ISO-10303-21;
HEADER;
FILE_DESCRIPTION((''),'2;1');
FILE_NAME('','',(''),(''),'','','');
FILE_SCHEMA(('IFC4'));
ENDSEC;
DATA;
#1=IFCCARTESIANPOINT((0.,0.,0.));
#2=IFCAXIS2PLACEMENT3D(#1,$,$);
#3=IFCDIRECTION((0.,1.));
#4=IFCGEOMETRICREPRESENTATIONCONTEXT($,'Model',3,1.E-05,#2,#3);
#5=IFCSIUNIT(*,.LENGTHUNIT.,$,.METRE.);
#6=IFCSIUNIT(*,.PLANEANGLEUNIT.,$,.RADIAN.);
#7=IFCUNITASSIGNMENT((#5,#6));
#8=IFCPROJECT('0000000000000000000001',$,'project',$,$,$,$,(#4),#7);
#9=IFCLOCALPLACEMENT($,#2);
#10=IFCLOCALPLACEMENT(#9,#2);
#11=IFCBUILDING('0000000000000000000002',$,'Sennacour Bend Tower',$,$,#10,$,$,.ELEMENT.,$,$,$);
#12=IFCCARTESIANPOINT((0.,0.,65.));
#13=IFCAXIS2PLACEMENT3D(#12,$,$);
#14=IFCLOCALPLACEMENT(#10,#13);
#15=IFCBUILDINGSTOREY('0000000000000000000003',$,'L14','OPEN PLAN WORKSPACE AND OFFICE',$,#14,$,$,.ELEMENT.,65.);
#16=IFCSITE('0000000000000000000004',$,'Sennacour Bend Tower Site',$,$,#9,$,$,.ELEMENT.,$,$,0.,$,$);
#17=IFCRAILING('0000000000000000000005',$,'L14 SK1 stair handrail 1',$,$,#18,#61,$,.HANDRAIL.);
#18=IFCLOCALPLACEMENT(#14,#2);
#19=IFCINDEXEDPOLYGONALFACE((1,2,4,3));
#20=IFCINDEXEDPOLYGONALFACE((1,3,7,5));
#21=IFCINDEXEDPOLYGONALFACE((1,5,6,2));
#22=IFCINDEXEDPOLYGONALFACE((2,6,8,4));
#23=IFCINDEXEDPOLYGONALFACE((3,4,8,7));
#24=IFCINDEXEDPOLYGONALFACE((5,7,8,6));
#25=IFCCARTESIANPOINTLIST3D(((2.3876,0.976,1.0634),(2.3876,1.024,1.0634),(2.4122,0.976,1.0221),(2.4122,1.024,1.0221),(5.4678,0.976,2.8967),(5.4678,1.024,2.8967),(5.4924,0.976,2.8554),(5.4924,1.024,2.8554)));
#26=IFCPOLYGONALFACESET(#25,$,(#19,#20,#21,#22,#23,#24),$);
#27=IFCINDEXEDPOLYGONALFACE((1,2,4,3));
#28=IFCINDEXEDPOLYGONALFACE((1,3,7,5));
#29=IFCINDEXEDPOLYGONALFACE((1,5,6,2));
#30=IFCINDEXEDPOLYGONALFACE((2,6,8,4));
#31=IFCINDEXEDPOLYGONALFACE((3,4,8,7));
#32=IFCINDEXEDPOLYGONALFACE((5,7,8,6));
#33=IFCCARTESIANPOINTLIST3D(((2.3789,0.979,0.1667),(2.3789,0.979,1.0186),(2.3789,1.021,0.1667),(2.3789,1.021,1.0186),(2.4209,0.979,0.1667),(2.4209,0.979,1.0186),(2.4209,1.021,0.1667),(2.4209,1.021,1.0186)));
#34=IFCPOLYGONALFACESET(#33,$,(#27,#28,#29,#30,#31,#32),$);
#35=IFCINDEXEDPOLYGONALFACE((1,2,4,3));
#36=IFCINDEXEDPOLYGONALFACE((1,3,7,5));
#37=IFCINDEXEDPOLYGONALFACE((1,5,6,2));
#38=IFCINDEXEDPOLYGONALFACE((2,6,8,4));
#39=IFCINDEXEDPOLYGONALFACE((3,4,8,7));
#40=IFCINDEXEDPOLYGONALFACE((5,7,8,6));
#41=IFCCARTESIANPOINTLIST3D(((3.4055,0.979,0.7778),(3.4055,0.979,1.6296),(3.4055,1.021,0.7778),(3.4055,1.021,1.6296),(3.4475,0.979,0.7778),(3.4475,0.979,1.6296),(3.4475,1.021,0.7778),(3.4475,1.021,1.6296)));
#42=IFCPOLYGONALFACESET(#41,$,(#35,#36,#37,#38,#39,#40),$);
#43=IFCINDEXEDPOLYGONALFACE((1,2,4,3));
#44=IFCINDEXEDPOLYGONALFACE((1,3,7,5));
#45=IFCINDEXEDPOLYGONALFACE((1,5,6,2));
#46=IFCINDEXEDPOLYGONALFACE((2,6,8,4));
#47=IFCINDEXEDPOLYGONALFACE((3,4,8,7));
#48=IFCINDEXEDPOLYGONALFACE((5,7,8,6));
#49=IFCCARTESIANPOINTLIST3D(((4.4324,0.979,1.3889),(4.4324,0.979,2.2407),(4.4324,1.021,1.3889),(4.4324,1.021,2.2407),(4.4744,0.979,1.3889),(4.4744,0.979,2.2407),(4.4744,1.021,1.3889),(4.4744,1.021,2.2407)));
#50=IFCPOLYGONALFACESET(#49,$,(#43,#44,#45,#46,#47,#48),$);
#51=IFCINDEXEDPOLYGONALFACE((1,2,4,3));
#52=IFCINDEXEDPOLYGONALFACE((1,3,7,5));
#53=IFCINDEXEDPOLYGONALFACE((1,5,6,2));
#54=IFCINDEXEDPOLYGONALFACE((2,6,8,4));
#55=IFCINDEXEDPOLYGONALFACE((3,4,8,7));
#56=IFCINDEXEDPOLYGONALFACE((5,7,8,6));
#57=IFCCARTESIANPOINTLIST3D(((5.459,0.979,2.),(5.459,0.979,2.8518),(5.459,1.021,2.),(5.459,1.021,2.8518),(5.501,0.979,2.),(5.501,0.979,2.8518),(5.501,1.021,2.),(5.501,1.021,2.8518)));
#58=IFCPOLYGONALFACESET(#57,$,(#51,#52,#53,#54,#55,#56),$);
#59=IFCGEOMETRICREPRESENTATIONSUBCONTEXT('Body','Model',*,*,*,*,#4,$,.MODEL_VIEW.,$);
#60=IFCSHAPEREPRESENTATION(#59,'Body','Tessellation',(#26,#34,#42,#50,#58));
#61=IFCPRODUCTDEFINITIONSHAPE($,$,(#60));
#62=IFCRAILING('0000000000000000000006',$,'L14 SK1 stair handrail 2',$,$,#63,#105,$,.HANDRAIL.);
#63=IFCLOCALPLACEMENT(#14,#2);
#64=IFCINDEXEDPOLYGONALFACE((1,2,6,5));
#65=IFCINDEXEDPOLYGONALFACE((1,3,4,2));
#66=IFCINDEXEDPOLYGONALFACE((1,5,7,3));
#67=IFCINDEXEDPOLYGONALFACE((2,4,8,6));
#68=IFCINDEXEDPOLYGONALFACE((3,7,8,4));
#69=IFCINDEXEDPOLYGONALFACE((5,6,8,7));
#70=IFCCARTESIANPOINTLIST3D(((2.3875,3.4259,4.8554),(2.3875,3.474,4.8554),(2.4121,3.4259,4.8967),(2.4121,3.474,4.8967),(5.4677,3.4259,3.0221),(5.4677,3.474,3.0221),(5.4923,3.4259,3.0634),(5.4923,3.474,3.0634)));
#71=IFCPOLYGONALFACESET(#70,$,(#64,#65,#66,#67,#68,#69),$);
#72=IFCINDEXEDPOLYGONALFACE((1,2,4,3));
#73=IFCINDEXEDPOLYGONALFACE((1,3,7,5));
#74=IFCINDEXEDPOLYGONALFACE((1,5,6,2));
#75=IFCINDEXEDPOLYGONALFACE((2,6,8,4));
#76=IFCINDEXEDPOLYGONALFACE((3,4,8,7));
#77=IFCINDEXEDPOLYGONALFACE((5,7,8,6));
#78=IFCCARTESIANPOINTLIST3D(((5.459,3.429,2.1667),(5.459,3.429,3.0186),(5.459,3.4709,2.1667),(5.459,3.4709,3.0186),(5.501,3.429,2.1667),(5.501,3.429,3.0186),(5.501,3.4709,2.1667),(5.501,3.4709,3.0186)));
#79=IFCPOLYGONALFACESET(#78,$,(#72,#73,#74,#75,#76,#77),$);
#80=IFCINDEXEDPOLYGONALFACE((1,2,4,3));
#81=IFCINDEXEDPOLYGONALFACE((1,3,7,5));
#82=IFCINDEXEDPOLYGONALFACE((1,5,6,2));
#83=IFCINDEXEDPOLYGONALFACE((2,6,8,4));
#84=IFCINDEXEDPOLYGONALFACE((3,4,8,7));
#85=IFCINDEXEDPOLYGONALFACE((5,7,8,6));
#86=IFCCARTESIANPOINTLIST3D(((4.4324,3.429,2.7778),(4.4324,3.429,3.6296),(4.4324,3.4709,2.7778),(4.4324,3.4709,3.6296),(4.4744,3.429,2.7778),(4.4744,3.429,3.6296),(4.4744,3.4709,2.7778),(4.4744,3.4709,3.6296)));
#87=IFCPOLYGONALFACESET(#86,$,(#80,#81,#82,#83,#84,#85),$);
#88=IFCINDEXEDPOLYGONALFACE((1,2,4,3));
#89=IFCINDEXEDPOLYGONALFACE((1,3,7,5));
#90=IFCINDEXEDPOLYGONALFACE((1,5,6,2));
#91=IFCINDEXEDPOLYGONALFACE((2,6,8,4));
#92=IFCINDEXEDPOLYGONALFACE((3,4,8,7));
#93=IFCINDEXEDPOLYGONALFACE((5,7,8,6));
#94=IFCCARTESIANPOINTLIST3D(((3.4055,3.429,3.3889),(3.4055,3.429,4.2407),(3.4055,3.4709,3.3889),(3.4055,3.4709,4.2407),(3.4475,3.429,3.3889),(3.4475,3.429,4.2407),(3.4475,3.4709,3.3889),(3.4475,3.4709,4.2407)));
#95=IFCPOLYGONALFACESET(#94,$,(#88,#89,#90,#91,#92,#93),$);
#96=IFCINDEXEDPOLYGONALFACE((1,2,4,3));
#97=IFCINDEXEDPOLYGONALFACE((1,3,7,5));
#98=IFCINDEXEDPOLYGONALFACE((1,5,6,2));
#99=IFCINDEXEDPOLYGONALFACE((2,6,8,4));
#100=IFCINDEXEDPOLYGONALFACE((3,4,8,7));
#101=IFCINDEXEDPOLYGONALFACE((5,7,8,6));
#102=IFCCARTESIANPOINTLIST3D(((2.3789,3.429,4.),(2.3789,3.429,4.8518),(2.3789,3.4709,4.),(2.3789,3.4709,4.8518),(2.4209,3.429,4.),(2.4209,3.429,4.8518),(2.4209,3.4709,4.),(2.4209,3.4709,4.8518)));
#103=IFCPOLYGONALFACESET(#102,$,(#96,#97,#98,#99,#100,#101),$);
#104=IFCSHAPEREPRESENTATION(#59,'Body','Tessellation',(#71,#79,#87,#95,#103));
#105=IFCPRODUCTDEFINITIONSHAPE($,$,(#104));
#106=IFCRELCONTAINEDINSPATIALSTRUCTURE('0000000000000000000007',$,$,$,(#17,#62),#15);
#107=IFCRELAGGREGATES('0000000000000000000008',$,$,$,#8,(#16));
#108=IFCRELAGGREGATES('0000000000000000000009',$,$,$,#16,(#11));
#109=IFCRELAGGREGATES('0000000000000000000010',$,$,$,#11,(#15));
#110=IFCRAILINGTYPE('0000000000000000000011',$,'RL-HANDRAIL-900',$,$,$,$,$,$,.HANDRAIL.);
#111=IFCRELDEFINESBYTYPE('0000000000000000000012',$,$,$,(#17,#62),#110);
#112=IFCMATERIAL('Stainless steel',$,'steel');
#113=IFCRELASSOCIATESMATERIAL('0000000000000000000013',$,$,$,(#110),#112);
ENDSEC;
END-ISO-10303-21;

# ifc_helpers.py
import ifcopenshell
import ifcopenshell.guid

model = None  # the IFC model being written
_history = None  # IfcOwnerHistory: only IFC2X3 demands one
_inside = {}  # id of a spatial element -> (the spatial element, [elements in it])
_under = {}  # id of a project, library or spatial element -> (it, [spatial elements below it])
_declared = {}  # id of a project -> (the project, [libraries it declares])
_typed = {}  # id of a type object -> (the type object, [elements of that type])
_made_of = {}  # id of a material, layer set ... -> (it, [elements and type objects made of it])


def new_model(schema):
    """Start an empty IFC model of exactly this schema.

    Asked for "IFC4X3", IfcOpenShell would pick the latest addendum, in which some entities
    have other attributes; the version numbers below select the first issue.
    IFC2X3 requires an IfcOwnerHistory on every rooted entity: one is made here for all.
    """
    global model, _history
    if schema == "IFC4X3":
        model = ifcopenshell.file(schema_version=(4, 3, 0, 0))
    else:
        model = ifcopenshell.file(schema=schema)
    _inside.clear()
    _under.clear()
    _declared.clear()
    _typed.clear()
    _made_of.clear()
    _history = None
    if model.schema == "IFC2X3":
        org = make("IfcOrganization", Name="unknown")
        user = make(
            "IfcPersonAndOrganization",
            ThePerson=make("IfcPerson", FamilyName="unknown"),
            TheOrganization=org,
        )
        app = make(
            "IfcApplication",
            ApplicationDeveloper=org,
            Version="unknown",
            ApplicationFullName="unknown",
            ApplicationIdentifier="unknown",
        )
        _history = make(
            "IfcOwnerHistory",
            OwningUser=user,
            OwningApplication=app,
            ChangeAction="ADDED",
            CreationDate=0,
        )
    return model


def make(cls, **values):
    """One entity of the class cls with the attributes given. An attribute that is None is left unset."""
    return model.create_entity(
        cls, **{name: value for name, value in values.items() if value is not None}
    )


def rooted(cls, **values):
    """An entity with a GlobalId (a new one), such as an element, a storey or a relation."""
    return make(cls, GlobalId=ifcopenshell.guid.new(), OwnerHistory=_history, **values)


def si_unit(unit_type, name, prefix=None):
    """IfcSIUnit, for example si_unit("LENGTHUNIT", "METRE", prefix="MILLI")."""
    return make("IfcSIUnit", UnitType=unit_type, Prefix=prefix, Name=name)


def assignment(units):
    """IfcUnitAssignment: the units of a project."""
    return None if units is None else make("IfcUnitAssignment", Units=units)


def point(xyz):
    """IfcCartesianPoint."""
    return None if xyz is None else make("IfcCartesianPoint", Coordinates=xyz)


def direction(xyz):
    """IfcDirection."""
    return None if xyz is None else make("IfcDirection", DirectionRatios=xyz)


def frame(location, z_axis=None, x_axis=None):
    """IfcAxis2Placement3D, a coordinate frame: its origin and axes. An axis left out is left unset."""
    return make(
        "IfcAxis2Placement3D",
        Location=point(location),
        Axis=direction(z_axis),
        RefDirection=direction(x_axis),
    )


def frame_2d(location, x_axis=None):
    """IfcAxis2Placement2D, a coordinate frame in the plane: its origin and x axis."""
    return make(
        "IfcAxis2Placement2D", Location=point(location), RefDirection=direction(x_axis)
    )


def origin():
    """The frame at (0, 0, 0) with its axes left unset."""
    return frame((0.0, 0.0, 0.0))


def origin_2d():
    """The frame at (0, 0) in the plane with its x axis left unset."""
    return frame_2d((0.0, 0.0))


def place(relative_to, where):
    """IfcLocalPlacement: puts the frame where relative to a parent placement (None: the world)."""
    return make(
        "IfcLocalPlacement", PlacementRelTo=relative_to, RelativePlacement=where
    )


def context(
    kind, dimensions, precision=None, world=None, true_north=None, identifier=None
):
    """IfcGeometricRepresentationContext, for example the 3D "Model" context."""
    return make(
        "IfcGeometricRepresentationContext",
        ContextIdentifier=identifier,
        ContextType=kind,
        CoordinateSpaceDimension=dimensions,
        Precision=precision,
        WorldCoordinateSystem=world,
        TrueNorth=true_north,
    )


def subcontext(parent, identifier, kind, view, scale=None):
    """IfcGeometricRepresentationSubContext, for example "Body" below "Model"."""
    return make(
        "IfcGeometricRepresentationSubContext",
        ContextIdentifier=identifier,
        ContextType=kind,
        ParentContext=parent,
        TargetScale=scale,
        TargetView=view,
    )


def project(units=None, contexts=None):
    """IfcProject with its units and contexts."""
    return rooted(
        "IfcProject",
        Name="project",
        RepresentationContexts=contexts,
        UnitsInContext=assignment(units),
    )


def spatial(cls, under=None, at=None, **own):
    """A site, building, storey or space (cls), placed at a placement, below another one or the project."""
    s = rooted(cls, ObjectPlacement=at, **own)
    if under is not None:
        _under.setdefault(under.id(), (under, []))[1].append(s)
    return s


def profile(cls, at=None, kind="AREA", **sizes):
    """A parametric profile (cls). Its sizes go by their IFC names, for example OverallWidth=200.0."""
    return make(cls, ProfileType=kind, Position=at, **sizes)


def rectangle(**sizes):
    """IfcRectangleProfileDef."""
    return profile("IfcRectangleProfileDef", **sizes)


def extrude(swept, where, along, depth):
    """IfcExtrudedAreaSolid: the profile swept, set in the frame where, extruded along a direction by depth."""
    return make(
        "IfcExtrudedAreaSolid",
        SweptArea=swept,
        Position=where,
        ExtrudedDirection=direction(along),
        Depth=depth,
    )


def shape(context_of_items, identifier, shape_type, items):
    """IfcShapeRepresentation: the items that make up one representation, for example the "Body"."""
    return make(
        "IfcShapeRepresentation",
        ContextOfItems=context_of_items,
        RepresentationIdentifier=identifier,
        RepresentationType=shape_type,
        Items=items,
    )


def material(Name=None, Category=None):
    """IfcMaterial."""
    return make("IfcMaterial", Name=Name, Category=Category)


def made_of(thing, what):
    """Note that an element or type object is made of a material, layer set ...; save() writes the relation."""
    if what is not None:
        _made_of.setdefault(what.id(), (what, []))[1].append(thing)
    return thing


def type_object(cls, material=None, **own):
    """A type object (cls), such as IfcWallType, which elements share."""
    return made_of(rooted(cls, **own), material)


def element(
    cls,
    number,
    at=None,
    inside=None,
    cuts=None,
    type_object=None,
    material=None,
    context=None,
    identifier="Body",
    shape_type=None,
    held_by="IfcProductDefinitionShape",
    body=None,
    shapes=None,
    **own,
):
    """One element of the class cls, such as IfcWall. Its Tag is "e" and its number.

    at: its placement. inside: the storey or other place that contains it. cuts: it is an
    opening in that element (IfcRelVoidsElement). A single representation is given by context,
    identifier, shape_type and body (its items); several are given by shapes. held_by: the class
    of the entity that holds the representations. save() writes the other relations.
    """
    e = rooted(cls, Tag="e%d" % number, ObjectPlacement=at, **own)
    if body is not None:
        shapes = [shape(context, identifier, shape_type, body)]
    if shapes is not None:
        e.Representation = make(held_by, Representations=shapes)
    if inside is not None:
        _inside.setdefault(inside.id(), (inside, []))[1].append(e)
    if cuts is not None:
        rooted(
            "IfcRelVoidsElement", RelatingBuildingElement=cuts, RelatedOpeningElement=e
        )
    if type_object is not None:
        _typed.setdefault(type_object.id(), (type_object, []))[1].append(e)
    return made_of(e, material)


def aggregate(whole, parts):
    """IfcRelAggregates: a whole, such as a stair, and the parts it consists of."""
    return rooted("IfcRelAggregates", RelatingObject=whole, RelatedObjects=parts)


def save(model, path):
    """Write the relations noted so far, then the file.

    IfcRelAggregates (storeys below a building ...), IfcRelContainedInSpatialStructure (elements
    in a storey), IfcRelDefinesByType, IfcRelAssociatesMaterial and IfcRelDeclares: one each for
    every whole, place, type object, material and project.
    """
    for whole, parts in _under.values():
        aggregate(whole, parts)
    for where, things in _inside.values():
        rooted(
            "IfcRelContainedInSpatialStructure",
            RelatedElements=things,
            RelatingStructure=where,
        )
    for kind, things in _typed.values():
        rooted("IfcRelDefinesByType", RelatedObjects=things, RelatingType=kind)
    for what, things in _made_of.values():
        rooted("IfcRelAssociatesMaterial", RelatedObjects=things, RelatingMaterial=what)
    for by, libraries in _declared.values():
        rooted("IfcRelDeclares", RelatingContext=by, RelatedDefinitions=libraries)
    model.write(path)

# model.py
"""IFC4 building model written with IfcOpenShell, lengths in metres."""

from ifc_helpers import new_model, si_unit, direction, frame, origin, origin_2d, place, context, subcontext, project, spatial, rectangle, extrude, material, type_object, element, save


model = new_model("IFC4")

# Units and contexts
model_context = context("Model", 3, precision=1e-05, world=origin(), true_north=direction((0.0, 1.0)))
body_context = subcontext(model_context, "Body", "Model", "MODEL_VIEW")
ifc_project = project(units=[si_unit("LENGTHUNIT", "METRE"), si_unit("PLANEANGLEUNIT", "RADIAN")], contexts=[model_context])

# Site, building, storey
site_placement = place(None, origin())
site = spatial("IfcSite", under=ifc_project, at=site_placement, Name="Sennacour Bend Tower Site", CompositionType="ELEMENT", RefElevation=0.0)
building_placement = place(site_placement, origin())
building = spatial("IfcBuilding", under=site, at=building_placement, Name="Sennacour Bend Tower", CompositionType="ELEMENT")
storey_placement = place(building_placement, frame((0.0, 0.0, 65.0)))
storey = spatial("IfcBuildingStorey", under=building, at=storey_placement, Name="L14", Description="OPEN PLAN WORKSPACE AND OFFICE", CompositionType="ELEMENT", Elevation=65.0)

# Railings
ifc_material_1 = material(Name="Stainless steel", Category="steel")
railing_type_1 = type_object("IfcRailingType", Name="RL-HANDRAIL-900", PredefinedType="HANDRAIL", material=ifc_material_1)
railing_1_placement = place(storey_placement, frame((2.3999, 1.0, 0.1667)))
element("IfcRailing", 1, at=railing_1_placement, inside=storey, type_object=railing_type_1, Name="L14 SK1 stair handrail 1", PredefinedType="HANDRAIL", context=body_context, shape_type="SweptSolid", body=[
    extrude(rectangle(XDim=0.0481, YDim=0.0481, at=origin_2d()), frame((0.0, 0.0, 0.876), z_axis=(0.859309, 0.0, 0.511458), x_axis=(0.0, 1.0, 0.0)), (0.0, 0.0, 1.0), 3.5845),
    extrude(rectangle(XDim=0.042, YDim=0.042, at=origin_2d()), origin(), (0.0, 0.0, 1.0), 0.8518),
    extrude(rectangle(XDim=0.042, YDim=0.042, at=origin_2d()), frame((1.0266, 0.0, 0.6111)), (0.0, 0.0, 1.0), 0.8518),
    extrude(rectangle(XDim=0.042, YDim=0.042, at=origin_2d()), frame((2.0535, 0.0, 1.2222)), (0.0, 0.0, 1.0), 0.8518),
    extrude(rectangle(XDim=0.042, YDim=0.042, at=origin_2d()), frame((3.0801, 0.0, 1.8333)), (0.0, 0.0, 1.0), 0.8518),
])
railing_2_placement = place(storey_placement, frame((5.48, 3.45, 2.1667)))
element("IfcRailing", 2, at=railing_2_placement, inside=storey, type_object=railing_type_1, Name="L14 SK1 stair handrail 2", PredefinedType="HANDRAIL", context=body_context, shape_type="SweptSolid", body=[
    extrude(rectangle(XDim=0.0481, YDim=0.0481, at=origin_2d()), frame((0.0, 0.0, 0.876), z_axis=(-0.859309, 0.0, 0.511458), x_axis=(0.0, -1.0, 0.0)), (0.0, 0.0, 1.0), 3.5845),
    extrude(rectangle(XDim=0.042, YDim=0.042, at=origin_2d()), origin(), (0.0, 0.0, 1.0), 0.8518),
    extrude(rectangle(XDim=0.042, YDim=0.042, at=origin_2d()), frame((-1.0266, 0.0, 0.6111)), (0.0, 0.0, 1.0), 0.8518),
    extrude(rectangle(XDim=0.042, YDim=0.042, at=origin_2d()), frame((-2.0535, 0.0, 1.2222)), (0.0, 0.0, 1.0), 0.8518),
    extrude(rectangle(XDim=0.042, YDim=0.042, at=origin_2d()), frame((-3.0801, 0.0, 1.8333)), (0.0, 0.0, 1.0), 0.8518),
])

save(model, "model.ifc")
